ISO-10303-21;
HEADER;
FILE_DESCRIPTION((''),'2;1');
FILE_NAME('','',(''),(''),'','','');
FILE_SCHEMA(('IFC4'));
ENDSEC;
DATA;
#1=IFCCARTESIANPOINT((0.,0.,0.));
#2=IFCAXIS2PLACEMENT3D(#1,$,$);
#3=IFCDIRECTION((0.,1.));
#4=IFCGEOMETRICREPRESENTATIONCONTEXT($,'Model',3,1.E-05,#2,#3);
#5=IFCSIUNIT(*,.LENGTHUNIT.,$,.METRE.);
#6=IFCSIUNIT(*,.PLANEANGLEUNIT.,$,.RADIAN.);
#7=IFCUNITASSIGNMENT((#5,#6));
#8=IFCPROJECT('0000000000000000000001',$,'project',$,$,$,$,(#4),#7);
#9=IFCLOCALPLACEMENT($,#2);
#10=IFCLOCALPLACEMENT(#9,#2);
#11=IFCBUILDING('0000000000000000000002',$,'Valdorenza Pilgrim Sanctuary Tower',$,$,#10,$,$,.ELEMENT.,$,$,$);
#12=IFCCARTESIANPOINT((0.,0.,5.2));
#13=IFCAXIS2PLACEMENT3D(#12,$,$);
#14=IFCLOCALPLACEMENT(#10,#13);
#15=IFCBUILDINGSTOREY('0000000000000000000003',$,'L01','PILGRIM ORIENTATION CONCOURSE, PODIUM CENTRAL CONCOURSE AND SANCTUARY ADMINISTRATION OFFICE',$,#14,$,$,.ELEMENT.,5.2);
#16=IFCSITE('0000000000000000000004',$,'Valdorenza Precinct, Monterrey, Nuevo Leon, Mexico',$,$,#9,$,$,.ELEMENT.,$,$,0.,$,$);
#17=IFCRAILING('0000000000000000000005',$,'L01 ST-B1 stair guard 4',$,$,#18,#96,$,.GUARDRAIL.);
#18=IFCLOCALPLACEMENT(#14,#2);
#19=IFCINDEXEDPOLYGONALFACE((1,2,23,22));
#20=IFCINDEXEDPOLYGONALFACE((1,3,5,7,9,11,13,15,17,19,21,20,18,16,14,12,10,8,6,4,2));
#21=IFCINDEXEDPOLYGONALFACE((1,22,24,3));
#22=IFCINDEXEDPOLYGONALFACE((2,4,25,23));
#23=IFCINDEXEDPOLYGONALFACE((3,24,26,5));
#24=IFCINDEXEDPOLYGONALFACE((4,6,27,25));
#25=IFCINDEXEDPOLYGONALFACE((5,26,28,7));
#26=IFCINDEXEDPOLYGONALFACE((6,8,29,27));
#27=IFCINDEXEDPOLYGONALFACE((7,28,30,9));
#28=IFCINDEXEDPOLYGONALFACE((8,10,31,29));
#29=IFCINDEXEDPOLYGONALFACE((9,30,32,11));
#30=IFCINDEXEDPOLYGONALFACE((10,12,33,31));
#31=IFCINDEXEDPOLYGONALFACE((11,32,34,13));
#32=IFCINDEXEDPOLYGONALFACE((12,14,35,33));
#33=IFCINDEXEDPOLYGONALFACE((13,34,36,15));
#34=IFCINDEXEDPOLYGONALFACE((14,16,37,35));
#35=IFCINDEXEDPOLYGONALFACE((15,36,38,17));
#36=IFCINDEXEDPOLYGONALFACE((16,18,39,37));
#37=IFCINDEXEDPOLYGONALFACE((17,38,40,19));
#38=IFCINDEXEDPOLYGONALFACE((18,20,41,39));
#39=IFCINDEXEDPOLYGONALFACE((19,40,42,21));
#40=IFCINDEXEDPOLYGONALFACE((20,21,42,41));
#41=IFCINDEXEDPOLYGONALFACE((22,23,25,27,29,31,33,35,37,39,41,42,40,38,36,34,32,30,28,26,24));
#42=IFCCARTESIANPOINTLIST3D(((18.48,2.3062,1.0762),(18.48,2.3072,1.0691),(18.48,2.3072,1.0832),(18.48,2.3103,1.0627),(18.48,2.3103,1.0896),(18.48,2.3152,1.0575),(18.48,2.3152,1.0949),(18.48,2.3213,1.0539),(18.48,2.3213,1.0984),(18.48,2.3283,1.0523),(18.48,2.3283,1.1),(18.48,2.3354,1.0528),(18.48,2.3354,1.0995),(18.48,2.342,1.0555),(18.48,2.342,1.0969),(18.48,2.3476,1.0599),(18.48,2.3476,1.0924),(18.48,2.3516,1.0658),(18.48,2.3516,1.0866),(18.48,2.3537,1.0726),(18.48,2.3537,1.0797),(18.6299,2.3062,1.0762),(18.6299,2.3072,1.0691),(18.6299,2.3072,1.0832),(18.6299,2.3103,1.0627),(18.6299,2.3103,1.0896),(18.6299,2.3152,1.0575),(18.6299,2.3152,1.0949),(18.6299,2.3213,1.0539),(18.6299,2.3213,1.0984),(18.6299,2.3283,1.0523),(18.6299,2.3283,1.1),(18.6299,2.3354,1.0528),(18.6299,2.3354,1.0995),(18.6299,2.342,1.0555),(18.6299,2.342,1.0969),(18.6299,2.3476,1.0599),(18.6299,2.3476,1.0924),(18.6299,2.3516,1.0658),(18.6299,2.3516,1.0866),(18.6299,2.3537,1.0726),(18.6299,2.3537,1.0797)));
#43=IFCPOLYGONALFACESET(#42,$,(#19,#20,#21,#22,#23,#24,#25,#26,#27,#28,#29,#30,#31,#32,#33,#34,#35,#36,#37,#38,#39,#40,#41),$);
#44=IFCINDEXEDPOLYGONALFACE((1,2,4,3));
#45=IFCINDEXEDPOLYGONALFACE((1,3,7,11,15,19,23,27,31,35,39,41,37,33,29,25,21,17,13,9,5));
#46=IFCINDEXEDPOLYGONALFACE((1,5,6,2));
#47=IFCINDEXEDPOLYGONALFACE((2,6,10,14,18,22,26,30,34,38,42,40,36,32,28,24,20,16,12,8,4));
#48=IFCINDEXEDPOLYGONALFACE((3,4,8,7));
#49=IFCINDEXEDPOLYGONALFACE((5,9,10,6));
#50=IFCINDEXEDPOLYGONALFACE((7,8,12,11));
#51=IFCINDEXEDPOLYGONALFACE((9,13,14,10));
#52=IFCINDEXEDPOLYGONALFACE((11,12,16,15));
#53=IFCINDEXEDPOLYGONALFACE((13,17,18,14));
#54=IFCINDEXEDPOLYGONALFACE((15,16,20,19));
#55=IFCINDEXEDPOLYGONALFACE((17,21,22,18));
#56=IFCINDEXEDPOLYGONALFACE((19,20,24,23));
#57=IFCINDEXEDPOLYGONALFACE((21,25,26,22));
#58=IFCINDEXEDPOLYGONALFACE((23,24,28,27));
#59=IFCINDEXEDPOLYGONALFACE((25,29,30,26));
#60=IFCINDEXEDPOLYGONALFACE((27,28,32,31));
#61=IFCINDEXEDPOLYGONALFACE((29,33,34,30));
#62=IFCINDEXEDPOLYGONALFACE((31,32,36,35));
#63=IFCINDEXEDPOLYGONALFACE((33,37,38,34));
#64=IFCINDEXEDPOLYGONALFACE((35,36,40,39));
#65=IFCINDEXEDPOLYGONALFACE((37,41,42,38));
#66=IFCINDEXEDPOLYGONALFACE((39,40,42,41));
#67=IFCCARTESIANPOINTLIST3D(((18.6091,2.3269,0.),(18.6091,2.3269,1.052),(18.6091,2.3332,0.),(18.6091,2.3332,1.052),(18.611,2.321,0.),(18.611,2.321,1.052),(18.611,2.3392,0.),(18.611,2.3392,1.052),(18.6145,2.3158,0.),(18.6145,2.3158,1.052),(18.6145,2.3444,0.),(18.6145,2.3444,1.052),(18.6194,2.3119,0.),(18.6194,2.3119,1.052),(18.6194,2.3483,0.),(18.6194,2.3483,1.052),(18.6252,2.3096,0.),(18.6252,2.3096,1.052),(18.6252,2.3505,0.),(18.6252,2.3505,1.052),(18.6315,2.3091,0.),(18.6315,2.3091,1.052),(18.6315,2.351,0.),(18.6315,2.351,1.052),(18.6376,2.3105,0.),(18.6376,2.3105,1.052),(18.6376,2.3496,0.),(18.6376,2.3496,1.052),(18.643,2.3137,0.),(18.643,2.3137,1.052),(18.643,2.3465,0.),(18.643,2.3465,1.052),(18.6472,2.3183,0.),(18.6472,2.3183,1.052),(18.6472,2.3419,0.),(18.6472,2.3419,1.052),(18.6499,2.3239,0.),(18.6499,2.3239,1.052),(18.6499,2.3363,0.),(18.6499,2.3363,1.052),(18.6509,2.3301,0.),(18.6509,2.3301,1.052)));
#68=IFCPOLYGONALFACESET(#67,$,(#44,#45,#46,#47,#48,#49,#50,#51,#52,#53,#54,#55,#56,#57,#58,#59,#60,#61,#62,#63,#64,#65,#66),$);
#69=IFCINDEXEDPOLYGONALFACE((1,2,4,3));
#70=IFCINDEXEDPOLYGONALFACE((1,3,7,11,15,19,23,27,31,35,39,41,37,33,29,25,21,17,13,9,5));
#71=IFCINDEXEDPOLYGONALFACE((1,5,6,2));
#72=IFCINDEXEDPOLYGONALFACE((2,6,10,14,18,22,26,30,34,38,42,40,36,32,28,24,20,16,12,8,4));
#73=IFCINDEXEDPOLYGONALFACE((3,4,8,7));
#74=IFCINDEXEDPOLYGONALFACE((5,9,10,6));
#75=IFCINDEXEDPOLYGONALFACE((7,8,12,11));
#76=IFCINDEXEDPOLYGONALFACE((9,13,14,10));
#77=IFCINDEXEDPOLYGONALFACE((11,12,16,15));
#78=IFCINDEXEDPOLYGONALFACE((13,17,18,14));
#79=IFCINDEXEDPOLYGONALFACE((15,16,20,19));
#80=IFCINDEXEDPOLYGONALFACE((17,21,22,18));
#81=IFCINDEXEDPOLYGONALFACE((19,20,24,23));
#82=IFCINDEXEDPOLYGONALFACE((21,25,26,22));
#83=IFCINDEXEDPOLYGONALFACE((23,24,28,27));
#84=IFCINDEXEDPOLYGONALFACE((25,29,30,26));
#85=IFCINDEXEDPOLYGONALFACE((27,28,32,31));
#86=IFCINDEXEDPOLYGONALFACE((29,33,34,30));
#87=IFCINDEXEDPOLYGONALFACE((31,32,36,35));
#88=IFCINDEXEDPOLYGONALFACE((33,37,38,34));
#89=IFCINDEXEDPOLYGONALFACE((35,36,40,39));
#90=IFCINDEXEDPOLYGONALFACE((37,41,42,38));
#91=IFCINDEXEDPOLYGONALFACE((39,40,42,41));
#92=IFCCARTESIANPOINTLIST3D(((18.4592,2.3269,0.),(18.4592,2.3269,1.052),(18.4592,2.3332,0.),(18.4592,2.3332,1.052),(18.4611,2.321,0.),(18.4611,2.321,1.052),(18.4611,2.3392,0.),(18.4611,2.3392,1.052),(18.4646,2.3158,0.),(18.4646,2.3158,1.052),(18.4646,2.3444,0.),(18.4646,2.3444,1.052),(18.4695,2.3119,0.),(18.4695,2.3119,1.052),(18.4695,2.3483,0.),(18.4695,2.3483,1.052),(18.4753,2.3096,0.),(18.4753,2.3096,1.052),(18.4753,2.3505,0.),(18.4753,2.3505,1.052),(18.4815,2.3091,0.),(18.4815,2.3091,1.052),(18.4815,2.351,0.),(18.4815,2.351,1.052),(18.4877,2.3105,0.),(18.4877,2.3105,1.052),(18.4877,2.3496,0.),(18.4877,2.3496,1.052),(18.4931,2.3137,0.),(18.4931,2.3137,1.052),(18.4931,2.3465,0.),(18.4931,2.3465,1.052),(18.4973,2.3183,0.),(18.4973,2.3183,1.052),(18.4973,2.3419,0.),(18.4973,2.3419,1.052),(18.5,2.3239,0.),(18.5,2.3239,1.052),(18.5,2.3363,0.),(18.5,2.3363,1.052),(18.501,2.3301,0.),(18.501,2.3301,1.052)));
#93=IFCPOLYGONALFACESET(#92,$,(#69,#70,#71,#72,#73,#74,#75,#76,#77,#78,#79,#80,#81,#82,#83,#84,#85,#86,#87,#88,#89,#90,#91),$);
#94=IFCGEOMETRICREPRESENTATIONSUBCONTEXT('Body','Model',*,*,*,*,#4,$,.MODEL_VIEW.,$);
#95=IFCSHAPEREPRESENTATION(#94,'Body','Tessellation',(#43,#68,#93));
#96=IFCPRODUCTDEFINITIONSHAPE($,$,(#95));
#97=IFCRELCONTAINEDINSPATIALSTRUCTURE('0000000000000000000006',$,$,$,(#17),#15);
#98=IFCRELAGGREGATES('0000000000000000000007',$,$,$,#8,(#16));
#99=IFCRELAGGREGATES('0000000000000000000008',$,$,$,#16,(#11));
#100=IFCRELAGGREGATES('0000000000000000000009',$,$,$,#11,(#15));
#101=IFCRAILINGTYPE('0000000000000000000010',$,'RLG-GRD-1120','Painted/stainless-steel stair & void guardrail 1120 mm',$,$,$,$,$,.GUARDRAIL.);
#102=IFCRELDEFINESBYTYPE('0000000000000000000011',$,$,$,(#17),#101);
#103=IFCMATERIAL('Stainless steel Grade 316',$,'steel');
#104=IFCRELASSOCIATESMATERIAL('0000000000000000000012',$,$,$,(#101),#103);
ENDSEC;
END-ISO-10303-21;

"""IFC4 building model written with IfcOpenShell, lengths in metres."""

from ifc_helpers import new_model, si_unit, direction, frame, origin, origin_2d, place, context, subcontext, project, spatial, circle, extrude, material, type_object, element, save


model = new_model("IFC4")

# Units and contexts
model_context = context("Model", 3, precision=1e-05, world=origin(), true_north=direction((0.0, 1.0)))
body_context = subcontext(model_context, "Body", "Model", "MODEL_VIEW")
ifc_project = project(units=[si_unit("LENGTHUNIT", "METRE"), si_unit("PLANEANGLEUNIT", "RADIAN")], contexts=[model_context])

# Site, building, storey
site_placement = place(None, origin())
site = spatial("IfcSite", under=ifc_project, at=site_placement, Name="Valdorenza Precinct, Monterrey, Nuevo Leon, Mexico", CompositionType="ELEMENT", RefElevation=0.0)
building_placement = place(site_placement, origin())
building = spatial("IfcBuilding", under=site, at=building_placement, Name="Valdorenza Pilgrim Sanctuary Tower", CompositionType="ELEMENT")
storey_placement = place(building_placement, frame((0.0, 0.0, 5.2)))
storey = spatial("IfcBuildingStorey", under=building, at=storey_placement, Name="L01", Description="PILGRIM ORIENTATION CONCOURSE, PODIUM CENTRAL CONCOURSE AND SANCTUARY ADMINISTRATION OFFICE", CompositionType="ELEMENT", Elevation=5.2)

# Railing
ifc_material_1 = material(Name="Stainless steel Grade 316", Category="steel")
railing_type_1 = type_object("IfcRailingType", Name="RLG-GRD-1120", Description="Painted/stainless-steel stair & void guardrail 1120 mm", PredefinedType="GUARDRAIL", material=ifc_material_1)
railing_1_placement = place(storey_placement, frame((18.6299, 2.3301, 0.0)))
element("IfcRailing", 1, at=railing_1_placement, inside=storey, type_object=railing_type_1, Name="L01 ST-B1 stair guard 4", PredefinedType="GUARDRAIL", context=body_context, shape_type="SweptSolid", body=[
    extrude(circle(Radius=0.0239, at=origin_2d()), frame((0.0, 0.0, 1.0762), z_axis=(-1.0, 0.0, 0.0), x_axis=(0.0, -1.0, 0.0)), (0.0, 0.0, 1.0), 0.1499),
    extrude(circle(Radius=0.021, at=origin_2d()), origin(), (0.0, 0.0, 1.0), 1.052),
    extrude(circle(Radius=0.021, at=origin_2d()), frame((-0.1499, 0.0, 0.0)), (0.0, 0.0, 1.0), 1.052),
])

save(model, "model.ifc")
